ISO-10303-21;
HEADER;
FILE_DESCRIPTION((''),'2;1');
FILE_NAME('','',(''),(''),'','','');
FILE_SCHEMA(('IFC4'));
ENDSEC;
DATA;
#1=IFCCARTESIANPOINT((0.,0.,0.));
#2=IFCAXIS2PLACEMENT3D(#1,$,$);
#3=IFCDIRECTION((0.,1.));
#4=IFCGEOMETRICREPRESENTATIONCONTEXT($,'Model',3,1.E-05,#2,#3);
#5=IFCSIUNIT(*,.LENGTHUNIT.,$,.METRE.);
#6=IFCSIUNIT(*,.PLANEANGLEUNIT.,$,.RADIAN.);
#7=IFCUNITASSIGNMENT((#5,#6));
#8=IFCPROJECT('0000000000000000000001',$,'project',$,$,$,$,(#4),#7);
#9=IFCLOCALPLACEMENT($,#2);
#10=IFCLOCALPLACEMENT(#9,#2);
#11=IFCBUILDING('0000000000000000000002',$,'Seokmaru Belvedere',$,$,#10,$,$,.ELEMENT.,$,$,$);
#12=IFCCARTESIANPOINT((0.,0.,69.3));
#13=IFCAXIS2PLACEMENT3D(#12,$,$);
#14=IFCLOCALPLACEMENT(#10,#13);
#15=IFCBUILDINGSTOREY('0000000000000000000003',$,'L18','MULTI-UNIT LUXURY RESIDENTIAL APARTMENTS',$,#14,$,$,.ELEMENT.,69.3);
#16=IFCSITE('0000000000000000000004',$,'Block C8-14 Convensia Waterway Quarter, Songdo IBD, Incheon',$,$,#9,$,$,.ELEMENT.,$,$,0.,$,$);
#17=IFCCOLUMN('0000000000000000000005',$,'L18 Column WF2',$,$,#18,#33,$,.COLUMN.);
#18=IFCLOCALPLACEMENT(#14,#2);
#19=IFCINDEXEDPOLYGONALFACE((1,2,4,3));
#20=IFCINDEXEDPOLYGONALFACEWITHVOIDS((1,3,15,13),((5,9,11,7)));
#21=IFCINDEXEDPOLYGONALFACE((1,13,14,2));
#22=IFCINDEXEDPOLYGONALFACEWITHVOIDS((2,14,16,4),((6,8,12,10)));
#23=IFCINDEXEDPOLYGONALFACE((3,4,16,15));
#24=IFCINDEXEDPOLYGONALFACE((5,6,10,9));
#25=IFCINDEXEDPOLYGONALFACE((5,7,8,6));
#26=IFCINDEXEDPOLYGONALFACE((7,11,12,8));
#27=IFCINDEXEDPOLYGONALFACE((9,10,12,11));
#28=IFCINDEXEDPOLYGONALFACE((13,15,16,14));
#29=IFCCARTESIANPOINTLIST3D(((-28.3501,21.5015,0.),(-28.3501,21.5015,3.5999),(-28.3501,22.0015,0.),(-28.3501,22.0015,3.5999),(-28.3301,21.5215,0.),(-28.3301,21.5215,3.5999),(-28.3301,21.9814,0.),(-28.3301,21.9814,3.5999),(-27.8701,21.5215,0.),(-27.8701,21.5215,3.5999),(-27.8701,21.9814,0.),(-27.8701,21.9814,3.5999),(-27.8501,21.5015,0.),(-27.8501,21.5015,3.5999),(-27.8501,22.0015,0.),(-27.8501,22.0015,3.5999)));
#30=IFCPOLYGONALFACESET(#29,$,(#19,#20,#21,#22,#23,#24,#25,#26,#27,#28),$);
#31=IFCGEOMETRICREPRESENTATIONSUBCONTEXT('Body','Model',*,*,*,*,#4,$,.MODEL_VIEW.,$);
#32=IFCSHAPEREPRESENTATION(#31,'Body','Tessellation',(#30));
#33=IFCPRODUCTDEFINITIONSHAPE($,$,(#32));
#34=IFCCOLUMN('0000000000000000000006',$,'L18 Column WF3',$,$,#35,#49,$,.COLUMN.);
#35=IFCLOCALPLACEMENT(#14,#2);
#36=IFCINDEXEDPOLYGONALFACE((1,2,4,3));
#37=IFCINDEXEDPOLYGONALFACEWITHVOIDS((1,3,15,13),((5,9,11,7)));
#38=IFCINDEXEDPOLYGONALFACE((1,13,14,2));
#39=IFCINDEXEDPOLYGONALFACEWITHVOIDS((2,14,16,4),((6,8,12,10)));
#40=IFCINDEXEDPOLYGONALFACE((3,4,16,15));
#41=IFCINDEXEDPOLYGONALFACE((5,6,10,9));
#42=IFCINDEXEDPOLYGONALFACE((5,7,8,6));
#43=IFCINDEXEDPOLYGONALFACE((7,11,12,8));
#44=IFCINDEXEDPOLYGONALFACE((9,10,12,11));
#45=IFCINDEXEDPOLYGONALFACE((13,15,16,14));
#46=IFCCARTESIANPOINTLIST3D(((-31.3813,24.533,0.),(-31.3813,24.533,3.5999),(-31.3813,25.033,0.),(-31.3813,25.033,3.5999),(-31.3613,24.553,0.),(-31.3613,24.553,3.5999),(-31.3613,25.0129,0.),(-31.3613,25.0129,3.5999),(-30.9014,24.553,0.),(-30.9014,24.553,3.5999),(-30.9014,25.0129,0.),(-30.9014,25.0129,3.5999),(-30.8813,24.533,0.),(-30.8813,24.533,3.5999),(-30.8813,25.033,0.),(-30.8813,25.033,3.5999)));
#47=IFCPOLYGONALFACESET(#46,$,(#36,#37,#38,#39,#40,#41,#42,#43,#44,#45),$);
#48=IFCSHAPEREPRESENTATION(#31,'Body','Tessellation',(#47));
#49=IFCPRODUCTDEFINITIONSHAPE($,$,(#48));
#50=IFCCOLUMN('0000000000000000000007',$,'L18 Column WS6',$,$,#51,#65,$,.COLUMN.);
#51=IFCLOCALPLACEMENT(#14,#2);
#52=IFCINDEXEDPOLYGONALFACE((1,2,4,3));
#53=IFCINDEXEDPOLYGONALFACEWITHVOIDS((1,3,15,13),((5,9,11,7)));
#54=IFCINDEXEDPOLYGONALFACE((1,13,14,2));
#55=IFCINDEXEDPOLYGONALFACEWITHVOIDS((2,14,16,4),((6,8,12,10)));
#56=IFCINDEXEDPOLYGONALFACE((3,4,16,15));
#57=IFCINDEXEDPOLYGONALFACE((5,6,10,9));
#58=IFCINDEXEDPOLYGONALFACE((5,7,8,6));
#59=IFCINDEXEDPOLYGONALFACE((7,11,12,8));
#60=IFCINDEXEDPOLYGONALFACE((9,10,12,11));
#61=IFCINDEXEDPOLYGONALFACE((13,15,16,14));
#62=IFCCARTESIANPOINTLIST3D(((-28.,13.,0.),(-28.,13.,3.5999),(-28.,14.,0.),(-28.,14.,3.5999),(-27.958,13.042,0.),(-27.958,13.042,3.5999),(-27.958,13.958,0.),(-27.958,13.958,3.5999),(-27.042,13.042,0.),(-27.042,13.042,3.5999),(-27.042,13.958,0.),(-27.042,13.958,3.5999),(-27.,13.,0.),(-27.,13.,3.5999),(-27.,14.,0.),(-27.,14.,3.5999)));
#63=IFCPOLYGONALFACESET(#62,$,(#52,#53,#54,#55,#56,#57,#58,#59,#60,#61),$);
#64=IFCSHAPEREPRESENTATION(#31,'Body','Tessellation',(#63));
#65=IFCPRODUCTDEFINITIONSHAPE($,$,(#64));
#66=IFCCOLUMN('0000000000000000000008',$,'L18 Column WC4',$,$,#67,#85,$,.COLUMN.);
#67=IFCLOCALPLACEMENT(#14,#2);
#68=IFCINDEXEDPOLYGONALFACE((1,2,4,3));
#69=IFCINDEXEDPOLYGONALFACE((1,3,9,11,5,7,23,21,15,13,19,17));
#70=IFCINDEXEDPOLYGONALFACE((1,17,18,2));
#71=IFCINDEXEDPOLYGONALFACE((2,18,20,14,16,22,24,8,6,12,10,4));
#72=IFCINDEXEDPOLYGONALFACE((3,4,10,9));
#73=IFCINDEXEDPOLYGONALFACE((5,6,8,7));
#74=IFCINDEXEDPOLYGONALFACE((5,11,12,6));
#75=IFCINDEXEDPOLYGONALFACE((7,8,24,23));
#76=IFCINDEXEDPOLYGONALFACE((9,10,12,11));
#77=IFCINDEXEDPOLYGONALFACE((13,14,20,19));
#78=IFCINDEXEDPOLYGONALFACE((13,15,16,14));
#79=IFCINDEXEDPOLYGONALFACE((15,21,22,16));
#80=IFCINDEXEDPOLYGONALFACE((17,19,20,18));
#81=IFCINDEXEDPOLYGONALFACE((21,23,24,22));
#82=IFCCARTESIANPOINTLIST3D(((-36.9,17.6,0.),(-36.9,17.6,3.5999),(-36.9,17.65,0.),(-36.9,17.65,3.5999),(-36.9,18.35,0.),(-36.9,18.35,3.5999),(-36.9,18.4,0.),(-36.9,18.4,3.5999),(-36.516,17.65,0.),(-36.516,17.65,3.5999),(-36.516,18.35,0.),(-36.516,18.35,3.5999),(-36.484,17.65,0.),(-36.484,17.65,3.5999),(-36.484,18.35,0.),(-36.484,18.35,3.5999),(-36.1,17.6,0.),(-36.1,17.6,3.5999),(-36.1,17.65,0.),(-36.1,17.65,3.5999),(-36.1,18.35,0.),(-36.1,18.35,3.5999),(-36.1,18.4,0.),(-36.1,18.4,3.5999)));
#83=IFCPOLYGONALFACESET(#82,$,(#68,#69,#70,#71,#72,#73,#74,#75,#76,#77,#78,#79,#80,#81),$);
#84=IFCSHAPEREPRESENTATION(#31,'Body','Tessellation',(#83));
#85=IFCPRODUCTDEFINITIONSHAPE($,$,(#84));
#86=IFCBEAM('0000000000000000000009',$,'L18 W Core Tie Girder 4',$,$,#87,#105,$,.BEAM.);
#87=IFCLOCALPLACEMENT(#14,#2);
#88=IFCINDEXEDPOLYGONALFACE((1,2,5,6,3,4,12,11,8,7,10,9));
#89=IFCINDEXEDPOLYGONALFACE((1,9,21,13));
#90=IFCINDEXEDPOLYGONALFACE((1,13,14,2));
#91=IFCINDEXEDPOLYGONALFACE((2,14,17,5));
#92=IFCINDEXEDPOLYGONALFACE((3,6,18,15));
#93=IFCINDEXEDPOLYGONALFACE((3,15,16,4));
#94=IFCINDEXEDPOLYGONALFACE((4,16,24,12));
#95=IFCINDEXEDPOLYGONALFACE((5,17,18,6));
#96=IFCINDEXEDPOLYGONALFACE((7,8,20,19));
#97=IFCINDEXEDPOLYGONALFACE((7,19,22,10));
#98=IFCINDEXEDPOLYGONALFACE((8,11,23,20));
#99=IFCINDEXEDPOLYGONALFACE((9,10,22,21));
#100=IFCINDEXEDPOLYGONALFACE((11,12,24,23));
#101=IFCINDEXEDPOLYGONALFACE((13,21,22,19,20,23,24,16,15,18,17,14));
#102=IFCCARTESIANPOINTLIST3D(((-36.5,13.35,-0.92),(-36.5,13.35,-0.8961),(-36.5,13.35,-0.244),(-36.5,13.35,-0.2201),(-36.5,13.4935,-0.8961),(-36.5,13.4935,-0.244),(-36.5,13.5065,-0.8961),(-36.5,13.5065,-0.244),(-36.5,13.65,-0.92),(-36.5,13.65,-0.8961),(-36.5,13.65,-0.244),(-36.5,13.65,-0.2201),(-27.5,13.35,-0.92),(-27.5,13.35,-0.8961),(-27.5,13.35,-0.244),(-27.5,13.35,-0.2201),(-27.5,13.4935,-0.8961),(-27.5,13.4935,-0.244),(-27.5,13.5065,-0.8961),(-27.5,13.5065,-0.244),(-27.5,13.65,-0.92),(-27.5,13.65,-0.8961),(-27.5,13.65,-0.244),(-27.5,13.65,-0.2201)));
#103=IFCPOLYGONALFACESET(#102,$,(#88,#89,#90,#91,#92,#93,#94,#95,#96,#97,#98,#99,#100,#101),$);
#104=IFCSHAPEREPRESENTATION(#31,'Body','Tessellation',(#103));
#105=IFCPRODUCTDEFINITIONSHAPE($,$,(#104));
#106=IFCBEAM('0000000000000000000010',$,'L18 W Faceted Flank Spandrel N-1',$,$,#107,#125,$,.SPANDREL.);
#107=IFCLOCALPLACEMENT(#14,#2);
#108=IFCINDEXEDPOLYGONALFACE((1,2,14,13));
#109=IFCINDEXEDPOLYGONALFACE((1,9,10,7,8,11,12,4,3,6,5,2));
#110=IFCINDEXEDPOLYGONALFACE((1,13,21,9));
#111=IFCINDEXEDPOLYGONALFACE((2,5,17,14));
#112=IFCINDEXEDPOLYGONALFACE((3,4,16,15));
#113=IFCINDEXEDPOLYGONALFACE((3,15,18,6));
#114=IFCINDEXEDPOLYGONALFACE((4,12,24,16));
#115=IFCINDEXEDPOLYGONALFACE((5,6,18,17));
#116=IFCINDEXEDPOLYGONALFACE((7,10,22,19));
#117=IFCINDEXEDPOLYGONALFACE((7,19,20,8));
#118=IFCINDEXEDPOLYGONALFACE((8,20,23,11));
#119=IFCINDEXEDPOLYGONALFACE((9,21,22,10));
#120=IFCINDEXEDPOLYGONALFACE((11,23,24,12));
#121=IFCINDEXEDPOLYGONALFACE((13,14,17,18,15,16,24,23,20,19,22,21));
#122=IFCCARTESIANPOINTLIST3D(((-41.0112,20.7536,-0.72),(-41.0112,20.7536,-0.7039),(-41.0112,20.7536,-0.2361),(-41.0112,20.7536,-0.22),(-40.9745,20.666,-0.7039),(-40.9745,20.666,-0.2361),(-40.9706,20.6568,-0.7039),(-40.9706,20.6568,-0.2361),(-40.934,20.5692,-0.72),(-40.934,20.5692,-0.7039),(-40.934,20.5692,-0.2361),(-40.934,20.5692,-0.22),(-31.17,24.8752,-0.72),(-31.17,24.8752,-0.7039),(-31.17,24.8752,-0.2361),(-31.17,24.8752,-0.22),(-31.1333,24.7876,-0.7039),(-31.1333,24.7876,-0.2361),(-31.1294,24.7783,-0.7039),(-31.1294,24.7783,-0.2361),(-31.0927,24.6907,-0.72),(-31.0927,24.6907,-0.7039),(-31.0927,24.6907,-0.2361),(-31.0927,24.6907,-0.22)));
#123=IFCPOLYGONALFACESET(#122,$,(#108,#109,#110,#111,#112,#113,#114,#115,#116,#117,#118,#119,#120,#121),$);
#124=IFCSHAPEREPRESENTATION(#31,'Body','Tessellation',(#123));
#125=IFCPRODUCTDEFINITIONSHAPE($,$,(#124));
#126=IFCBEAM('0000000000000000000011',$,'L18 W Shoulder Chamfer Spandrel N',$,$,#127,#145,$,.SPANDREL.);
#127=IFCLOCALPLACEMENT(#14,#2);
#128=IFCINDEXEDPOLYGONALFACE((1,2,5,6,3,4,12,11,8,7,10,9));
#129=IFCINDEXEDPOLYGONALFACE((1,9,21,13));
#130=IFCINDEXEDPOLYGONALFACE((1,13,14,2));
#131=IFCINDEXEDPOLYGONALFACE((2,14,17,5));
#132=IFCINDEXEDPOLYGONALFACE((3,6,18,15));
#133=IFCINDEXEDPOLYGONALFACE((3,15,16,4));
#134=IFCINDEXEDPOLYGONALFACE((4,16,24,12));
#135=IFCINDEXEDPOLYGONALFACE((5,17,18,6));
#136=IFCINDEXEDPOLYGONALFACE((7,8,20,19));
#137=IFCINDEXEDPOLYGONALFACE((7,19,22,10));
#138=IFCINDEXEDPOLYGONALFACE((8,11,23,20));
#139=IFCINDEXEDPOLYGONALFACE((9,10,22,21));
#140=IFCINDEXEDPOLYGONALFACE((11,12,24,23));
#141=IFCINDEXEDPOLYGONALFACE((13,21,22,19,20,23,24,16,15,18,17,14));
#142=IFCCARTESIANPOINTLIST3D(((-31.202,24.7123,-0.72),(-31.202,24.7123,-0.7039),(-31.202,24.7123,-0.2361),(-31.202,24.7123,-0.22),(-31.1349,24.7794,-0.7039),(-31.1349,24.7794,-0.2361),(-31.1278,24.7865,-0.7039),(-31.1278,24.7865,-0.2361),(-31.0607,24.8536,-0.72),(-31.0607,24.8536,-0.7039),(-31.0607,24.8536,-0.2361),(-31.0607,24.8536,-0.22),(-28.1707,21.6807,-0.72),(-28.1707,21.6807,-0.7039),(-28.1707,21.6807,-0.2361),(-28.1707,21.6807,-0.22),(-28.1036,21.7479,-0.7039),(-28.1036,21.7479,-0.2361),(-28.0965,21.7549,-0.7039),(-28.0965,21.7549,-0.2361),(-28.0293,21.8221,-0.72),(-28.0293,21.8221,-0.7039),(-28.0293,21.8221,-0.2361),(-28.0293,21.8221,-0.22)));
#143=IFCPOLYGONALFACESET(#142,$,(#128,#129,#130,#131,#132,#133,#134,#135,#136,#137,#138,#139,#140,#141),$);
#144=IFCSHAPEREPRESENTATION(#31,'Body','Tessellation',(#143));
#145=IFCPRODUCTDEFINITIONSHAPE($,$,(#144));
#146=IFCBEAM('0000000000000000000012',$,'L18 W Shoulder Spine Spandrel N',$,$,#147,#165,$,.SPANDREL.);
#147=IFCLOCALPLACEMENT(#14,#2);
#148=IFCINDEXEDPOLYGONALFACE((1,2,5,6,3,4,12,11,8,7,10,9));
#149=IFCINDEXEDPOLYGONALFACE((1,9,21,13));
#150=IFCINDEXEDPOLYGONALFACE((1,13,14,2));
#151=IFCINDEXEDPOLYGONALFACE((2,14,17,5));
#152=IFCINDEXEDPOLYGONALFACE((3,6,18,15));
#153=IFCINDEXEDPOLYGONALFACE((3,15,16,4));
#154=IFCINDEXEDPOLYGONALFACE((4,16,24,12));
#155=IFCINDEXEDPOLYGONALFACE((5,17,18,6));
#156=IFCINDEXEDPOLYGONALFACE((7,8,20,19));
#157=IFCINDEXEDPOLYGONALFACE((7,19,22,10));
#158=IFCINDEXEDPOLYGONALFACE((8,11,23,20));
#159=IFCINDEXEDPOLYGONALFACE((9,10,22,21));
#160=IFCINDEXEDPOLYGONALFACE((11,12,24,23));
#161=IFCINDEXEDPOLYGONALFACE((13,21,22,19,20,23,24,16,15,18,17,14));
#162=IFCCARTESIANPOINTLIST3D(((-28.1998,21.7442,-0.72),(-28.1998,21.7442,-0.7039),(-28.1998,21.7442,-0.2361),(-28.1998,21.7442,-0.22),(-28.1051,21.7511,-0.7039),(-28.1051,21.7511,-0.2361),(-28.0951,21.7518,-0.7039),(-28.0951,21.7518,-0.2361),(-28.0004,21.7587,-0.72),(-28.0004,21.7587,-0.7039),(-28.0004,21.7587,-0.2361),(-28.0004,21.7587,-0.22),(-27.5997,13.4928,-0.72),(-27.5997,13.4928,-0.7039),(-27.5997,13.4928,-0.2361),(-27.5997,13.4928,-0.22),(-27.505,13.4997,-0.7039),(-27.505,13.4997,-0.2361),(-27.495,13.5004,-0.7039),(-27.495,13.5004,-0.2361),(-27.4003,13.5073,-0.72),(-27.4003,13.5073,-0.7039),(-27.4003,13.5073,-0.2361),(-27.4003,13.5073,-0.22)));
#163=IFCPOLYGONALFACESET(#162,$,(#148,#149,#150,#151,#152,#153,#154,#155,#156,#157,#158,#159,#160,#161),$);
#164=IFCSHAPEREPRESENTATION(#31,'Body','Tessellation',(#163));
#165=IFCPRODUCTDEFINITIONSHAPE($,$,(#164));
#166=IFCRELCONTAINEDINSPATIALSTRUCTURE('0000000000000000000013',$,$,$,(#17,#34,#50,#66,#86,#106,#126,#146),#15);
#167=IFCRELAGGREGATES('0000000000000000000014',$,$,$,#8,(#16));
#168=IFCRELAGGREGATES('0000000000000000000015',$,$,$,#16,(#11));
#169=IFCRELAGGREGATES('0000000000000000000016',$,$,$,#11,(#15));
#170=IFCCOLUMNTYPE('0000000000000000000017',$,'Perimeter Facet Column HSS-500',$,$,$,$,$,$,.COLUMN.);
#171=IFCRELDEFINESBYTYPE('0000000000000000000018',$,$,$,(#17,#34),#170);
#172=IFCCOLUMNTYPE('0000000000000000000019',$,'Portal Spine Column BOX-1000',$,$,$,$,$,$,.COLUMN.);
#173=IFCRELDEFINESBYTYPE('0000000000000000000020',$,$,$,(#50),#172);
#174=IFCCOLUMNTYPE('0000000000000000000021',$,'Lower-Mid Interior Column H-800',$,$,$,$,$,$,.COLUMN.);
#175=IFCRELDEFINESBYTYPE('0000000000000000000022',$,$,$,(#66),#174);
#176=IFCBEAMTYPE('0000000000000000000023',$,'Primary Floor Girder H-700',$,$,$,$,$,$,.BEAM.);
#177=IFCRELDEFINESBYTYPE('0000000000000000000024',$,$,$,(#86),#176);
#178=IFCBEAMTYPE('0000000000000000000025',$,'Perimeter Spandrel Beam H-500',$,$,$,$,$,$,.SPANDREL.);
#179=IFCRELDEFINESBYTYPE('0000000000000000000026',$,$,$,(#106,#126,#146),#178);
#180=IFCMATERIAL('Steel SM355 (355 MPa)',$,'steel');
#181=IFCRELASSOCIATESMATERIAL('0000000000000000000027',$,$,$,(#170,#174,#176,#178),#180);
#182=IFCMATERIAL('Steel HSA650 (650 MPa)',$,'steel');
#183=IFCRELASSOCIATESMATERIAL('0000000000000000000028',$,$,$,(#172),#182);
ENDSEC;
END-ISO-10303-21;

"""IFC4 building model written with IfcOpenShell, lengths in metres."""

from ifc_helpers import new_model, si_unit, direction, frame, origin, origin_2d, place, context, subcontext, project, spatial, hollow_rectangle, i_section, extrude, source, transform, mapped, material, material_profile, profile_set, type_object, type_shapes, element, save


model = new_model("IFC4")

# Units and contexts
model_context = context("Model", 3, precision=1e-05, world=origin(), true_north=direction((0.0, 1.0)))
body_context = subcontext(model_context, "Body", "Model", "MODEL_VIEW")
ifc_project = project(units=[si_unit("LENGTHUNIT", "METRE"), si_unit("PLANEANGLEUNIT", "RADIAN")], contexts=[model_context])

# Site, building, storey
site_placement = place(None, origin())
site = spatial("IfcSite", under=ifc_project, at=site_placement, Name="Block C8-14 Convensia Waterway Quarter, Songdo IBD, Incheon", CompositionType="ELEMENT", RefElevation=0.0)
building_placement = place(site_placement, origin())
building = spatial("IfcBuilding", under=site, at=building_placement, Name="Seokmaru Belvedere", CompositionType="ELEMENT")
storey_placement = place(building_placement, frame((0.0, 0.0, 69.3)))
storey = spatial("IfcBuildingStorey", under=building, at=storey_placement, Name="L18", Description="MULTI-UNIT LUXURY RESIDENTIAL APARTMENTS", CompositionType="ELEMENT", Elevation=69.3)

# Columns
ifc_material_1 = material(Name="Steel SM355 (355 MPa)", Category="steel")
ifc_material_profile_1 = material_profile(ifc_material_1, hollow_rectangle(XDim=0.5, YDim=0.5, WallThickness=0.02, at=origin_2d()), Name="HSS-500x500x20")
ifc_profile_set_1 = profile_set([ifc_material_profile_1], Name="Steel SM355 (355 MPa)")
column_type_1 = type_object("IfcColumnType", Name="Perimeter Facet Column HSS-500", PredefinedType="COLUMN", material=ifc_profile_set_1)
shared_shape_1 = source(origin(), body_context, "Body", "SweptSolid", [
    extrude(hollow_rectangle(XDim=0.5, YDim=0.5, WallThickness=0.02, at=origin_2d()), origin(), (0.0, 0.0, 1.0), 3.5999),
])
type_shapes(column_type_1, [shared_shape_1])
for number, where, z_axis, x_axis, name in (
    (1, (-28.1001, 21.7515, 0.0), (0.0, 0.0, 1.0), (1.0, 0.0, 0.0), "L18 Column WF2"),
    (2, (-31.1313, 24.783, 0.0), (0.0, 0.0, 1.0), (1.0, 0.0, 0.0), "L18 Column WF3"),
):
    element("IfcColumn", number, at=place(storey_placement, frame(where, z_axis=z_axis, x_axis=x_axis)), inside=storey, type_object=column_type_1, Name=name, PredefinedType="COLUMN", context=body_context, shape_type="MappedRepresentation", body=[
        mapped(shared_shape_1, transform((0.0, 0.0, 0.0), scale=1.0)),
    ])
ifc_material_2 = material(Name="Steel HSA650 (650 MPa)", Category="steel")
ifc_material_profile_2 = material_profile(ifc_material_2, hollow_rectangle(XDim=1.0, YDim=1.0, WallThickness=0.042, at=origin_2d()), Name="BOX-1000x1000x42")
ifc_profile_set_2 = profile_set([ifc_material_profile_2], Name="Steel HSA650 (650 MPa)")
column_type_2 = type_object("IfcColumnType", Name="Portal Spine Column BOX-1000", PredefinedType="COLUMN", material=ifc_profile_set_2)
shared_shape_2 = source(origin(), body_context, "Body", "SweptSolid", [
    extrude(hollow_rectangle(XDim=1.0, YDim=1.0, WallThickness=0.042, at=origin_2d()), origin(), (0.0, 0.0, 1.0), 3.5999),
])
type_shapes(column_type_2, [shared_shape_2])
column_1_placement = place(storey_placement, frame((-27.5, 13.5, 0.0), z_axis=(0.0, 0.0, 1.0), x_axis=(1.0, 0.0, 0.0)))
element("IfcColumn", 3, at=column_1_placement, inside=storey, type_object=column_type_2, Name="L18 Column WS6", PredefinedType="COLUMN", context=body_context, shape_type="MappedRepresentation", body=[
    mapped(shared_shape_2, transform((0.0, 0.0, 0.0), scale=1.0)),
])
ifc_material_profile_3 = material_profile(ifc_material_1, i_section(OverallWidth=0.8, OverallDepth=0.8, WebThickness=0.032, FlangeThickness=0.05, at=origin_2d()), Name="H-800x800x32x50")
ifc_profile_set_3 = profile_set([ifc_material_profile_3], Name="Steel SM355 (355 MPa)")
column_type_3 = type_object("IfcColumnType", Name="Lower-Mid Interior Column H-800", PredefinedType="COLUMN", material=ifc_profile_set_3)
shared_shape_3 = source(origin(), body_context, "Body", "SweptSolid", [
    extrude(i_section(OverallWidth=0.8, OverallDepth=0.8, WebThickness=0.032, FlangeThickness=0.05, at=origin_2d()), origin(), (0.0, 0.0, 1.0), 3.5999),
])
type_shapes(column_type_3, [shared_shape_3])
column_2_placement = place(storey_placement, frame((-36.5, 18.0, 0.0), z_axis=(0.0, 0.0, 1.0), x_axis=(1.0, 0.0, 0.0)))
element("IfcColumn", 4, at=column_2_placement, inside=storey, type_object=column_type_3, Name="L18 Column WC4", PredefinedType="COLUMN", context=body_context, shape_type="MappedRepresentation", body=[
    mapped(shared_shape_3, transform((0.0, 0.0, 0.0), scale=1.0)),
])

# Beams
ifc_material_profile_4 = material_profile(ifc_material_1, i_section(OverallWidth=0.3, OverallDepth=0.7, WebThickness=0.0129, FlangeThickness=0.0239, at=origin_2d()), Name="H-700x300x13x24")
ifc_profile_set_4 = profile_set([ifc_material_profile_4], Name="Steel SM355 (355 MPa)")
beam_type_1 = type_object("IfcBeamType", Name="Primary Floor Girder H-700", PredefinedType="BEAM", material=ifc_profile_set_4)
shared_shape_4 = source(origin(), body_context, "Body", "SweptSolid", [
    extrude(i_section(OverallWidth=0.3, OverallDepth=0.7, WebThickness=0.0129, FlangeThickness=0.0239, at=origin_2d()), origin(), (0.0, 0.0, 1.0), 9.0),
])
type_shapes(beam_type_1, [shared_shape_4])
beam_1_placement = place(storey_placement, frame((-36.5, 13.5, -0.5701), z_axis=(1.0, 0.0, 0.0), x_axis=(0.0, 1.0, 0.0)))
element("IfcBeam", 5, at=beam_1_placement, inside=storey, type_object=beam_type_1, Name="L18 W Core Tie Girder 4", PredefinedType="BEAM", context=body_context, shape_type="MappedRepresentation", body=[
    mapped(shared_shape_4, transform((0.0, 0.0, 0.0), scale=1.0)),
])
ifc_material_profile_5 = material_profile(ifc_material_1, i_section(OverallWidth=0.2, OverallDepth=0.5, WebThickness=0.01, FlangeThickness=0.0161, at=origin_2d()), Name="H-500x200x10x16")
ifc_profile_set_5 = profile_set([ifc_material_profile_5], Name="Steel SM355 (355 MPa)")
beam_type_2 = type_object("IfcBeamType", Name="Perimeter Spandrel Beam H-500", PredefinedType="SPANDREL", material=ifc_profile_set_5)
shared_shape_5 = source(origin(), body_context, "Body", "SweptSolid", [
    extrude(i_section(OverallWidth=0.2, OverallDepth=0.5, WebThickness=0.01, FlangeThickness=0.0161, at=origin_2d()), origin(), (0.0, 0.0, 1.0), 10.6694),
])
beam_2_placement = place(storey_placement, frame((-31.1313, 24.783, -0.47), z_axis=(-0.922375, -0.386295, 0.0), x_axis=(0.386295, -0.922375, 0.0)))
element("IfcBeam", 6, at=beam_2_placement, inside=storey, type_object=beam_type_2, Name="L18 W Faceted Flank Spandrel N-1", PredefinedType="SPANDREL", context=body_context, shape_type="MappedRepresentation", body=[
    mapped(shared_shape_5, transform((0.0, 0.0, 0.0), scale=1.0)),
])
shared_shape_6 = source(origin(), body_context, "Body", "SweptSolid", [
    extrude(i_section(OverallWidth=0.2, OverallDepth=0.5, WebThickness=0.01, FlangeThickness=0.0161, at=origin_2d()), origin(), (0.0, 0.0, 1.0), 4.2871),
])
beam_3_placement = place(storey_placement, frame((-31.1313, 24.783, -0.47), z_axis=(0.707078, -0.707135, 0.0), x_axis=(0.707135, 0.707078, 0.0)))
element("IfcBeam", 7, at=beam_3_placement, inside=storey, type_object=beam_type_2, Name="L18 W Shoulder Chamfer Spandrel N", PredefinedType="SPANDREL", context=body_context, shape_type="MappedRepresentation", body=[
    mapped(shared_shape_6, transform((0.0, 0.0, 0.0), scale=1.0)),
])
shared_shape_7 = source(origin(), body_context, "Body", "SweptSolid", [
    extrude(i_section(OverallWidth=0.2, OverallDepth=0.5, WebThickness=0.01, FlangeThickness=0.0161, at=origin_2d()), origin(), (0.0, 0.0, 1.0), 8.2732),
])
type_shapes(beam_type_2, [shared_shape_5, shared_shape_6, shared_shape_7])
beam_4_placement = place(storey_placement, frame((-28.1001, 21.7515, -0.47), z_axis=(0.072535, -0.997366, 0.0), x_axis=(0.997366, 0.072535, 0.0)))
element("IfcBeam", 8, at=beam_4_placement, inside=storey, type_object=beam_type_2, Name="L18 W Shoulder Spine Spandrel N", PredefinedType="SPANDREL", context=body_context, shape_type="MappedRepresentation", body=[
    mapped(shared_shape_7, transform((0.0, 0.0, 0.0), scale=1.0)),
])

save(model, "model.ifc")
